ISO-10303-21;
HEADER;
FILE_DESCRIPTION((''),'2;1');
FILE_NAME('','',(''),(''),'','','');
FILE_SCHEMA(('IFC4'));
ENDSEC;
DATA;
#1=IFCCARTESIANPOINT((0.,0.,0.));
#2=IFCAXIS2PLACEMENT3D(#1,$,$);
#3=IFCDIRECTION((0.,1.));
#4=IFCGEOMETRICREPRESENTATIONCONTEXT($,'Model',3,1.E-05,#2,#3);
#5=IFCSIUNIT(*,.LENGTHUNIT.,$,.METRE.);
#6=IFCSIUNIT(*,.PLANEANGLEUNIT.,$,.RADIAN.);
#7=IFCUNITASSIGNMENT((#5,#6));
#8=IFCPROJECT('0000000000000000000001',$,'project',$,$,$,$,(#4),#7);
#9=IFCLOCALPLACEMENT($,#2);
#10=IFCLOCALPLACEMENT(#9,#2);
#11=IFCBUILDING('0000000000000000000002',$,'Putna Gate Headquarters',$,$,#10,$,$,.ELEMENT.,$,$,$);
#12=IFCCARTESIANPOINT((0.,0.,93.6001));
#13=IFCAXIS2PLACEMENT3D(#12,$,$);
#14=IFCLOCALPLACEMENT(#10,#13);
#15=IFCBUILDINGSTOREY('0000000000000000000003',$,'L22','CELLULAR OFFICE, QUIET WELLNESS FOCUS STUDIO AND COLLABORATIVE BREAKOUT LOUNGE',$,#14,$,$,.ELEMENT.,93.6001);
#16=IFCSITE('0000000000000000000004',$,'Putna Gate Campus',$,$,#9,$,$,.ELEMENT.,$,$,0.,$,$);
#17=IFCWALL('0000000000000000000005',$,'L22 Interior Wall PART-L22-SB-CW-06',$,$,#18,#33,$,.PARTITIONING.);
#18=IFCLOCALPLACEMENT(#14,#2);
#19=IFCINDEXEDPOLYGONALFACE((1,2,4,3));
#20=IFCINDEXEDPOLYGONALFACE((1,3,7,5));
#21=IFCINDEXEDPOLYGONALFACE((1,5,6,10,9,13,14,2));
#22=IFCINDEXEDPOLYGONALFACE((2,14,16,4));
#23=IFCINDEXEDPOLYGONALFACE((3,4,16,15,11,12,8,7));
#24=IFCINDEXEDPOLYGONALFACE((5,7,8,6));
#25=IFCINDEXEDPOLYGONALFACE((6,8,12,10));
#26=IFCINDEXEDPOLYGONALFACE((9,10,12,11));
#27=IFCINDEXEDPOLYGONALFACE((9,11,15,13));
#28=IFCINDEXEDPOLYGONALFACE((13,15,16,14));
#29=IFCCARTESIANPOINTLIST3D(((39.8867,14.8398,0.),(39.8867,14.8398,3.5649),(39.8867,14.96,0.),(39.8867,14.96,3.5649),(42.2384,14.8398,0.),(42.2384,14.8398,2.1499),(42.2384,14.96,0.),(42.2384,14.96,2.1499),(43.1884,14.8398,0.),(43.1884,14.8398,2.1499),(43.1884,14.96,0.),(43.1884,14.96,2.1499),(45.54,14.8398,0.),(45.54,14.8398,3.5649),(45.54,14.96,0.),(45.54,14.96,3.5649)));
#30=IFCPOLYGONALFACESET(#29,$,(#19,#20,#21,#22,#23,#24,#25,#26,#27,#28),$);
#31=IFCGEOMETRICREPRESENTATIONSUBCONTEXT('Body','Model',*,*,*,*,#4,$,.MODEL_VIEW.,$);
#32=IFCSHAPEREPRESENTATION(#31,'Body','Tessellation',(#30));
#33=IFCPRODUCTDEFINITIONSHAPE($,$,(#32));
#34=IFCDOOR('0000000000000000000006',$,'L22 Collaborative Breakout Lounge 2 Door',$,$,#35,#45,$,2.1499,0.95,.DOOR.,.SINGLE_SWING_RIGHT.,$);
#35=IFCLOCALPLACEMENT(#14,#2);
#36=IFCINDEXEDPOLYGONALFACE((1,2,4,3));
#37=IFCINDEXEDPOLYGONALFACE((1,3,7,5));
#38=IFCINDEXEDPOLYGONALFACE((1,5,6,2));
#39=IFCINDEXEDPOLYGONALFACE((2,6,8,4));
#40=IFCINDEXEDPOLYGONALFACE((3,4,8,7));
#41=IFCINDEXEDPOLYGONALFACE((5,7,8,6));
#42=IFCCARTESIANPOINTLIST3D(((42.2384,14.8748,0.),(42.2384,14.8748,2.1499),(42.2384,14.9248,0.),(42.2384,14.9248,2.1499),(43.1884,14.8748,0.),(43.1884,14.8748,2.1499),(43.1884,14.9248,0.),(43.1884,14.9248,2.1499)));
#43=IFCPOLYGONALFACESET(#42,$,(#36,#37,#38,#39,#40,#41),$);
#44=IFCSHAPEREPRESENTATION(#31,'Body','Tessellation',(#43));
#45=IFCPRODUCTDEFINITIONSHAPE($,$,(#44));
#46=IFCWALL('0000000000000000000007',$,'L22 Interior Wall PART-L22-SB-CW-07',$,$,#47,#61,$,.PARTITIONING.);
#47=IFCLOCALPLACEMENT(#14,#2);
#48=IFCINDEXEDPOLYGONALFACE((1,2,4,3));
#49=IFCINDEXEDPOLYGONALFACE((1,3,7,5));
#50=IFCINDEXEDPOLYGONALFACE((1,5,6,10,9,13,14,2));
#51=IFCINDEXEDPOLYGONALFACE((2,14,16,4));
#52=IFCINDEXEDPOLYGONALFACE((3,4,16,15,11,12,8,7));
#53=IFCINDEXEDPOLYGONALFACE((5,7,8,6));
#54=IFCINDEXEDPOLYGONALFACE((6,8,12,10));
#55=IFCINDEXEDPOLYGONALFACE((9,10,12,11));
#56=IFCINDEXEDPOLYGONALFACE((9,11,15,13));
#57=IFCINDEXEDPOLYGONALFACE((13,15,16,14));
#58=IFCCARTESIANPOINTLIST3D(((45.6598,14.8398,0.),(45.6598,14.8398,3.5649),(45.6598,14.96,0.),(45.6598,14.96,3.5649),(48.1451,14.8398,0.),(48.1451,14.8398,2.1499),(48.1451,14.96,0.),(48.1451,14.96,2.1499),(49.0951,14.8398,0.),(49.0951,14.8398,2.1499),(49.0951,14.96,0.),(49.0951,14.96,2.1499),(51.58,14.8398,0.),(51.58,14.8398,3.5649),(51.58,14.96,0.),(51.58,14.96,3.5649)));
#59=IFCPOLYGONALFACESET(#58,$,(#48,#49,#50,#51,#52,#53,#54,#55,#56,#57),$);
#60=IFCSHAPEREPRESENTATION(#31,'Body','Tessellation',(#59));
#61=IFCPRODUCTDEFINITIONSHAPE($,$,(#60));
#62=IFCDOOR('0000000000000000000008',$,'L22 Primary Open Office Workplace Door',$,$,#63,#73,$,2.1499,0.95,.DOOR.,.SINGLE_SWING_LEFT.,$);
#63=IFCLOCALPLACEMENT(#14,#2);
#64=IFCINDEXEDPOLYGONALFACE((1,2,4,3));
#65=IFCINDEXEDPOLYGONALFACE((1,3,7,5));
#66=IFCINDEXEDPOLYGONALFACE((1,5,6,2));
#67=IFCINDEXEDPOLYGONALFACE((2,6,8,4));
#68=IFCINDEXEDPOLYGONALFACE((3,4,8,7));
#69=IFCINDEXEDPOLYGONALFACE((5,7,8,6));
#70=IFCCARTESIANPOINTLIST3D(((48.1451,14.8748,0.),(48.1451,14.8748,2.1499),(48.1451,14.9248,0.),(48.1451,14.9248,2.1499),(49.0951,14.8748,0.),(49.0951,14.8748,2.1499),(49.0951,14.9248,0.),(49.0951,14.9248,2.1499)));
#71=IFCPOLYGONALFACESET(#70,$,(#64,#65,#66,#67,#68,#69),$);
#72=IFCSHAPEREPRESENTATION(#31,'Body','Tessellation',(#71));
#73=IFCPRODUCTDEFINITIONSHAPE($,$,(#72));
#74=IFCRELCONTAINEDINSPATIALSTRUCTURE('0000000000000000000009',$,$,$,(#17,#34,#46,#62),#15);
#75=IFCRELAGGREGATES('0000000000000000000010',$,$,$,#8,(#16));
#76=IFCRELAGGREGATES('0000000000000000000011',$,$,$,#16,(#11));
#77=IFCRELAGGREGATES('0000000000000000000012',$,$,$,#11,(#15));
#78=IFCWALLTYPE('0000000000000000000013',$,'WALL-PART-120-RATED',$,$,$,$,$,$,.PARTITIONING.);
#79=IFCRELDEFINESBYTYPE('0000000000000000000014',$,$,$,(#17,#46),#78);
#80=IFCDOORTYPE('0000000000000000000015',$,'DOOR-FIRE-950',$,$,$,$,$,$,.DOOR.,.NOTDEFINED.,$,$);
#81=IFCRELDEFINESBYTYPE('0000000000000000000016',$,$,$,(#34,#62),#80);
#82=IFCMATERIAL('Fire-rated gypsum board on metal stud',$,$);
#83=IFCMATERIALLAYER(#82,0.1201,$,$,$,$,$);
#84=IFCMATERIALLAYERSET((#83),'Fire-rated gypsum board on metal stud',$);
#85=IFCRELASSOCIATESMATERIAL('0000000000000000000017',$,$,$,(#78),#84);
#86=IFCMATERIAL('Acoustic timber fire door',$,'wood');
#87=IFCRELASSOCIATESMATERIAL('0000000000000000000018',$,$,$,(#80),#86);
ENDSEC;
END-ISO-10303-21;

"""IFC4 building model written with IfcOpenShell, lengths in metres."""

from ifc_helpers import new_model, si_unit, direction, frame, frame_2d, origin, place, context, subcontext, project, spatial, rectangle, extrude, material, layer, layer_set, type_object, element, fill, save


model = new_model("IFC4")

# Units and contexts
model_context = context("Model", 3, precision=1e-05, world=origin(), true_north=direction((0.0, 1.0)))
body_context = subcontext(model_context, "Body", "Model", "MODEL_VIEW")
ifc_project = project(units=[si_unit("LENGTHUNIT", "METRE"), si_unit("PLANEANGLEUNIT", "RADIAN")], contexts=[model_context])

# Site, building, storey
site_placement = place(None, origin())
site = spatial("IfcSite", under=ifc_project, at=site_placement, Name="Putna Gate Campus", CompositionType="ELEMENT", RefElevation=0.0)
building_placement = place(site_placement, origin())
building = spatial("IfcBuilding", under=site, at=building_placement, Name="Putna Gate Headquarters", CompositionType="ELEMENT")
storey_placement = place(building_placement, frame((0.0, 0.0, 93.6001)))
storey = spatial("IfcBuildingStorey", under=building, at=storey_placement, Name="L22", Description="CELLULAR OFFICE, QUIET WELLNESS FOCUS STUDIO AND COLLABORATIVE BREAKOUT LOUNGE", CompositionType="ELEMENT", Elevation=93.6001)

# Shared definitions
ifc_material_1 = material(Name="Fire-rated gypsum board on metal stud")
ifc_layer = layer(ifc_material_1, 0.1201)
ifc_layer_set = layer_set([ifc_layer], Name="Fire-rated gypsum board on metal stud")
wall_type = type_object("IfcWallType", Name="WALL-PART-120-RATED", PredefinedType="PARTITIONING", material=ifc_layer_set)

# Walls, openings, doors
wall_1_placement = place(storey_placement, frame((39.8867, 14.8999, 0.0), z_axis=(0.0, 0.0, 1.0), x_axis=(1.0, 0.0, 0.0)))
wall_1 = element("IfcWall", 1, at=wall_1_placement, inside=storey, type_object=wall_type, Name="L22 Interior Wall PART-L22-SB-CW-06", PredefinedType="PARTITIONING", context=body_context, shape_type="SweptSolid", body=[
    extrude(rectangle(XDim=5.6533, YDim=0.1201, at=frame_2d((2.8267, 0.0))), origin(), (0.0, 0.0, 1.0), 3.5649),
])
opening_1_placement = place(wall_1_placement, frame((2.3516, 0.0, 0.0)))
opening_1 = element("IfcOpeningElement", 2, at=opening_1_placement, cuts=wall_1, PredefinedType="OPENING", context=body_context, shape_type="SweptSolid", body=[
    extrude(rectangle(XDim=0.95, YDim=2.1499, at=frame_2d((0.4751, 1.075))), frame((0.0, 0.0701, 0.0), z_axis=(0.0, -1.0, 0.0), x_axis=(1.0, 0.0, 0.0)), (0.0, 0.0, 1.0), 0.1401),
])
ifc_material_2 = material(Name="Acoustic timber fire door", Category="wood")
door_type = type_object("IfcDoorType", Name="DOOR-FIRE-950", OperationType="NOTDEFINED", PredefinedType="DOOR", material=ifc_material_2)
door_1_placement = place(opening_1_placement, origin())
door_1 = element("IfcDoor", 3, at=door_1_placement, inside=storey, type_object=door_type, Name="L22 Collaborative Breakout Lounge 2 Door", OperationType="SINGLE_SWING_RIGHT", OverallHeight=2.1499, OverallWidth=0.95, PredefinedType="DOOR", context=body_context, shape_type="SweptSolid", body=[
    extrude(rectangle(XDim=0.95, YDim=2.1499, at=frame_2d((0.4751, 1.075))), frame((0.0, 0.0249, 0.0), z_axis=(0.0, -1.0, 0.0), x_axis=(1.0, 0.0, 0.0)), (0.0, 0.0, 1.0), 0.05),
])
fill(opening_1, door_1)
wall_2_placement = place(storey_placement, frame((45.6599, 14.8999, 0.0), z_axis=(0.0, 0.0, 1.0), x_axis=(1.0, 0.0, 0.0)))
wall_2 = element("IfcWall", 4, at=wall_2_placement, inside=storey, type_object=wall_type, Name="L22 Interior Wall PART-L22-SB-CW-07", PredefinedType="PARTITIONING", context=body_context, shape_type="SweptSolid", body=[
    extrude(rectangle(XDim=5.9202, YDim=0.1201, at=frame_2d((2.96, 0.0))), origin(), (0.0, 0.0, 1.0), 3.5649),
])
opening_2_placement = place(wall_2_placement, frame((2.4851, 0.0, 0.0)))
opening_2 = element("IfcOpeningElement", 5, at=opening_2_placement, cuts=wall_2, PredefinedType="OPENING", context=body_context, shape_type="SweptSolid", body=[
    extrude(rectangle(XDim=0.95, YDim=2.1499, at=frame_2d((0.4751, 1.075))), frame((0.0, 0.0701, 0.0), z_axis=(0.0, -1.0, 0.0), x_axis=(1.0, 0.0, 0.0)), (0.0, 0.0, 1.0), 0.1401),
])
door_2_placement = place(opening_2_placement, origin())
door_2 = element("IfcDoor", 6, at=door_2_placement, inside=storey, type_object=door_type, Name="L22 Primary Open Office Workplace Door", OperationType="SINGLE_SWING_LEFT", OverallHeight=2.1499, OverallWidth=0.95, PredefinedType="DOOR", context=body_context, shape_type="SweptSolid", body=[
    extrude(rectangle(XDim=0.95, YDim=2.1499, at=frame_2d((0.4751, 1.075))), frame((0.0, 0.0249, 0.0), z_axis=(0.0, -1.0, 0.0), x_axis=(1.0, 0.0, 0.0)), (0.0, 0.0, 1.0), 0.05),
])
fill(opening_2, door_2)

save(model, "model.ifc")
